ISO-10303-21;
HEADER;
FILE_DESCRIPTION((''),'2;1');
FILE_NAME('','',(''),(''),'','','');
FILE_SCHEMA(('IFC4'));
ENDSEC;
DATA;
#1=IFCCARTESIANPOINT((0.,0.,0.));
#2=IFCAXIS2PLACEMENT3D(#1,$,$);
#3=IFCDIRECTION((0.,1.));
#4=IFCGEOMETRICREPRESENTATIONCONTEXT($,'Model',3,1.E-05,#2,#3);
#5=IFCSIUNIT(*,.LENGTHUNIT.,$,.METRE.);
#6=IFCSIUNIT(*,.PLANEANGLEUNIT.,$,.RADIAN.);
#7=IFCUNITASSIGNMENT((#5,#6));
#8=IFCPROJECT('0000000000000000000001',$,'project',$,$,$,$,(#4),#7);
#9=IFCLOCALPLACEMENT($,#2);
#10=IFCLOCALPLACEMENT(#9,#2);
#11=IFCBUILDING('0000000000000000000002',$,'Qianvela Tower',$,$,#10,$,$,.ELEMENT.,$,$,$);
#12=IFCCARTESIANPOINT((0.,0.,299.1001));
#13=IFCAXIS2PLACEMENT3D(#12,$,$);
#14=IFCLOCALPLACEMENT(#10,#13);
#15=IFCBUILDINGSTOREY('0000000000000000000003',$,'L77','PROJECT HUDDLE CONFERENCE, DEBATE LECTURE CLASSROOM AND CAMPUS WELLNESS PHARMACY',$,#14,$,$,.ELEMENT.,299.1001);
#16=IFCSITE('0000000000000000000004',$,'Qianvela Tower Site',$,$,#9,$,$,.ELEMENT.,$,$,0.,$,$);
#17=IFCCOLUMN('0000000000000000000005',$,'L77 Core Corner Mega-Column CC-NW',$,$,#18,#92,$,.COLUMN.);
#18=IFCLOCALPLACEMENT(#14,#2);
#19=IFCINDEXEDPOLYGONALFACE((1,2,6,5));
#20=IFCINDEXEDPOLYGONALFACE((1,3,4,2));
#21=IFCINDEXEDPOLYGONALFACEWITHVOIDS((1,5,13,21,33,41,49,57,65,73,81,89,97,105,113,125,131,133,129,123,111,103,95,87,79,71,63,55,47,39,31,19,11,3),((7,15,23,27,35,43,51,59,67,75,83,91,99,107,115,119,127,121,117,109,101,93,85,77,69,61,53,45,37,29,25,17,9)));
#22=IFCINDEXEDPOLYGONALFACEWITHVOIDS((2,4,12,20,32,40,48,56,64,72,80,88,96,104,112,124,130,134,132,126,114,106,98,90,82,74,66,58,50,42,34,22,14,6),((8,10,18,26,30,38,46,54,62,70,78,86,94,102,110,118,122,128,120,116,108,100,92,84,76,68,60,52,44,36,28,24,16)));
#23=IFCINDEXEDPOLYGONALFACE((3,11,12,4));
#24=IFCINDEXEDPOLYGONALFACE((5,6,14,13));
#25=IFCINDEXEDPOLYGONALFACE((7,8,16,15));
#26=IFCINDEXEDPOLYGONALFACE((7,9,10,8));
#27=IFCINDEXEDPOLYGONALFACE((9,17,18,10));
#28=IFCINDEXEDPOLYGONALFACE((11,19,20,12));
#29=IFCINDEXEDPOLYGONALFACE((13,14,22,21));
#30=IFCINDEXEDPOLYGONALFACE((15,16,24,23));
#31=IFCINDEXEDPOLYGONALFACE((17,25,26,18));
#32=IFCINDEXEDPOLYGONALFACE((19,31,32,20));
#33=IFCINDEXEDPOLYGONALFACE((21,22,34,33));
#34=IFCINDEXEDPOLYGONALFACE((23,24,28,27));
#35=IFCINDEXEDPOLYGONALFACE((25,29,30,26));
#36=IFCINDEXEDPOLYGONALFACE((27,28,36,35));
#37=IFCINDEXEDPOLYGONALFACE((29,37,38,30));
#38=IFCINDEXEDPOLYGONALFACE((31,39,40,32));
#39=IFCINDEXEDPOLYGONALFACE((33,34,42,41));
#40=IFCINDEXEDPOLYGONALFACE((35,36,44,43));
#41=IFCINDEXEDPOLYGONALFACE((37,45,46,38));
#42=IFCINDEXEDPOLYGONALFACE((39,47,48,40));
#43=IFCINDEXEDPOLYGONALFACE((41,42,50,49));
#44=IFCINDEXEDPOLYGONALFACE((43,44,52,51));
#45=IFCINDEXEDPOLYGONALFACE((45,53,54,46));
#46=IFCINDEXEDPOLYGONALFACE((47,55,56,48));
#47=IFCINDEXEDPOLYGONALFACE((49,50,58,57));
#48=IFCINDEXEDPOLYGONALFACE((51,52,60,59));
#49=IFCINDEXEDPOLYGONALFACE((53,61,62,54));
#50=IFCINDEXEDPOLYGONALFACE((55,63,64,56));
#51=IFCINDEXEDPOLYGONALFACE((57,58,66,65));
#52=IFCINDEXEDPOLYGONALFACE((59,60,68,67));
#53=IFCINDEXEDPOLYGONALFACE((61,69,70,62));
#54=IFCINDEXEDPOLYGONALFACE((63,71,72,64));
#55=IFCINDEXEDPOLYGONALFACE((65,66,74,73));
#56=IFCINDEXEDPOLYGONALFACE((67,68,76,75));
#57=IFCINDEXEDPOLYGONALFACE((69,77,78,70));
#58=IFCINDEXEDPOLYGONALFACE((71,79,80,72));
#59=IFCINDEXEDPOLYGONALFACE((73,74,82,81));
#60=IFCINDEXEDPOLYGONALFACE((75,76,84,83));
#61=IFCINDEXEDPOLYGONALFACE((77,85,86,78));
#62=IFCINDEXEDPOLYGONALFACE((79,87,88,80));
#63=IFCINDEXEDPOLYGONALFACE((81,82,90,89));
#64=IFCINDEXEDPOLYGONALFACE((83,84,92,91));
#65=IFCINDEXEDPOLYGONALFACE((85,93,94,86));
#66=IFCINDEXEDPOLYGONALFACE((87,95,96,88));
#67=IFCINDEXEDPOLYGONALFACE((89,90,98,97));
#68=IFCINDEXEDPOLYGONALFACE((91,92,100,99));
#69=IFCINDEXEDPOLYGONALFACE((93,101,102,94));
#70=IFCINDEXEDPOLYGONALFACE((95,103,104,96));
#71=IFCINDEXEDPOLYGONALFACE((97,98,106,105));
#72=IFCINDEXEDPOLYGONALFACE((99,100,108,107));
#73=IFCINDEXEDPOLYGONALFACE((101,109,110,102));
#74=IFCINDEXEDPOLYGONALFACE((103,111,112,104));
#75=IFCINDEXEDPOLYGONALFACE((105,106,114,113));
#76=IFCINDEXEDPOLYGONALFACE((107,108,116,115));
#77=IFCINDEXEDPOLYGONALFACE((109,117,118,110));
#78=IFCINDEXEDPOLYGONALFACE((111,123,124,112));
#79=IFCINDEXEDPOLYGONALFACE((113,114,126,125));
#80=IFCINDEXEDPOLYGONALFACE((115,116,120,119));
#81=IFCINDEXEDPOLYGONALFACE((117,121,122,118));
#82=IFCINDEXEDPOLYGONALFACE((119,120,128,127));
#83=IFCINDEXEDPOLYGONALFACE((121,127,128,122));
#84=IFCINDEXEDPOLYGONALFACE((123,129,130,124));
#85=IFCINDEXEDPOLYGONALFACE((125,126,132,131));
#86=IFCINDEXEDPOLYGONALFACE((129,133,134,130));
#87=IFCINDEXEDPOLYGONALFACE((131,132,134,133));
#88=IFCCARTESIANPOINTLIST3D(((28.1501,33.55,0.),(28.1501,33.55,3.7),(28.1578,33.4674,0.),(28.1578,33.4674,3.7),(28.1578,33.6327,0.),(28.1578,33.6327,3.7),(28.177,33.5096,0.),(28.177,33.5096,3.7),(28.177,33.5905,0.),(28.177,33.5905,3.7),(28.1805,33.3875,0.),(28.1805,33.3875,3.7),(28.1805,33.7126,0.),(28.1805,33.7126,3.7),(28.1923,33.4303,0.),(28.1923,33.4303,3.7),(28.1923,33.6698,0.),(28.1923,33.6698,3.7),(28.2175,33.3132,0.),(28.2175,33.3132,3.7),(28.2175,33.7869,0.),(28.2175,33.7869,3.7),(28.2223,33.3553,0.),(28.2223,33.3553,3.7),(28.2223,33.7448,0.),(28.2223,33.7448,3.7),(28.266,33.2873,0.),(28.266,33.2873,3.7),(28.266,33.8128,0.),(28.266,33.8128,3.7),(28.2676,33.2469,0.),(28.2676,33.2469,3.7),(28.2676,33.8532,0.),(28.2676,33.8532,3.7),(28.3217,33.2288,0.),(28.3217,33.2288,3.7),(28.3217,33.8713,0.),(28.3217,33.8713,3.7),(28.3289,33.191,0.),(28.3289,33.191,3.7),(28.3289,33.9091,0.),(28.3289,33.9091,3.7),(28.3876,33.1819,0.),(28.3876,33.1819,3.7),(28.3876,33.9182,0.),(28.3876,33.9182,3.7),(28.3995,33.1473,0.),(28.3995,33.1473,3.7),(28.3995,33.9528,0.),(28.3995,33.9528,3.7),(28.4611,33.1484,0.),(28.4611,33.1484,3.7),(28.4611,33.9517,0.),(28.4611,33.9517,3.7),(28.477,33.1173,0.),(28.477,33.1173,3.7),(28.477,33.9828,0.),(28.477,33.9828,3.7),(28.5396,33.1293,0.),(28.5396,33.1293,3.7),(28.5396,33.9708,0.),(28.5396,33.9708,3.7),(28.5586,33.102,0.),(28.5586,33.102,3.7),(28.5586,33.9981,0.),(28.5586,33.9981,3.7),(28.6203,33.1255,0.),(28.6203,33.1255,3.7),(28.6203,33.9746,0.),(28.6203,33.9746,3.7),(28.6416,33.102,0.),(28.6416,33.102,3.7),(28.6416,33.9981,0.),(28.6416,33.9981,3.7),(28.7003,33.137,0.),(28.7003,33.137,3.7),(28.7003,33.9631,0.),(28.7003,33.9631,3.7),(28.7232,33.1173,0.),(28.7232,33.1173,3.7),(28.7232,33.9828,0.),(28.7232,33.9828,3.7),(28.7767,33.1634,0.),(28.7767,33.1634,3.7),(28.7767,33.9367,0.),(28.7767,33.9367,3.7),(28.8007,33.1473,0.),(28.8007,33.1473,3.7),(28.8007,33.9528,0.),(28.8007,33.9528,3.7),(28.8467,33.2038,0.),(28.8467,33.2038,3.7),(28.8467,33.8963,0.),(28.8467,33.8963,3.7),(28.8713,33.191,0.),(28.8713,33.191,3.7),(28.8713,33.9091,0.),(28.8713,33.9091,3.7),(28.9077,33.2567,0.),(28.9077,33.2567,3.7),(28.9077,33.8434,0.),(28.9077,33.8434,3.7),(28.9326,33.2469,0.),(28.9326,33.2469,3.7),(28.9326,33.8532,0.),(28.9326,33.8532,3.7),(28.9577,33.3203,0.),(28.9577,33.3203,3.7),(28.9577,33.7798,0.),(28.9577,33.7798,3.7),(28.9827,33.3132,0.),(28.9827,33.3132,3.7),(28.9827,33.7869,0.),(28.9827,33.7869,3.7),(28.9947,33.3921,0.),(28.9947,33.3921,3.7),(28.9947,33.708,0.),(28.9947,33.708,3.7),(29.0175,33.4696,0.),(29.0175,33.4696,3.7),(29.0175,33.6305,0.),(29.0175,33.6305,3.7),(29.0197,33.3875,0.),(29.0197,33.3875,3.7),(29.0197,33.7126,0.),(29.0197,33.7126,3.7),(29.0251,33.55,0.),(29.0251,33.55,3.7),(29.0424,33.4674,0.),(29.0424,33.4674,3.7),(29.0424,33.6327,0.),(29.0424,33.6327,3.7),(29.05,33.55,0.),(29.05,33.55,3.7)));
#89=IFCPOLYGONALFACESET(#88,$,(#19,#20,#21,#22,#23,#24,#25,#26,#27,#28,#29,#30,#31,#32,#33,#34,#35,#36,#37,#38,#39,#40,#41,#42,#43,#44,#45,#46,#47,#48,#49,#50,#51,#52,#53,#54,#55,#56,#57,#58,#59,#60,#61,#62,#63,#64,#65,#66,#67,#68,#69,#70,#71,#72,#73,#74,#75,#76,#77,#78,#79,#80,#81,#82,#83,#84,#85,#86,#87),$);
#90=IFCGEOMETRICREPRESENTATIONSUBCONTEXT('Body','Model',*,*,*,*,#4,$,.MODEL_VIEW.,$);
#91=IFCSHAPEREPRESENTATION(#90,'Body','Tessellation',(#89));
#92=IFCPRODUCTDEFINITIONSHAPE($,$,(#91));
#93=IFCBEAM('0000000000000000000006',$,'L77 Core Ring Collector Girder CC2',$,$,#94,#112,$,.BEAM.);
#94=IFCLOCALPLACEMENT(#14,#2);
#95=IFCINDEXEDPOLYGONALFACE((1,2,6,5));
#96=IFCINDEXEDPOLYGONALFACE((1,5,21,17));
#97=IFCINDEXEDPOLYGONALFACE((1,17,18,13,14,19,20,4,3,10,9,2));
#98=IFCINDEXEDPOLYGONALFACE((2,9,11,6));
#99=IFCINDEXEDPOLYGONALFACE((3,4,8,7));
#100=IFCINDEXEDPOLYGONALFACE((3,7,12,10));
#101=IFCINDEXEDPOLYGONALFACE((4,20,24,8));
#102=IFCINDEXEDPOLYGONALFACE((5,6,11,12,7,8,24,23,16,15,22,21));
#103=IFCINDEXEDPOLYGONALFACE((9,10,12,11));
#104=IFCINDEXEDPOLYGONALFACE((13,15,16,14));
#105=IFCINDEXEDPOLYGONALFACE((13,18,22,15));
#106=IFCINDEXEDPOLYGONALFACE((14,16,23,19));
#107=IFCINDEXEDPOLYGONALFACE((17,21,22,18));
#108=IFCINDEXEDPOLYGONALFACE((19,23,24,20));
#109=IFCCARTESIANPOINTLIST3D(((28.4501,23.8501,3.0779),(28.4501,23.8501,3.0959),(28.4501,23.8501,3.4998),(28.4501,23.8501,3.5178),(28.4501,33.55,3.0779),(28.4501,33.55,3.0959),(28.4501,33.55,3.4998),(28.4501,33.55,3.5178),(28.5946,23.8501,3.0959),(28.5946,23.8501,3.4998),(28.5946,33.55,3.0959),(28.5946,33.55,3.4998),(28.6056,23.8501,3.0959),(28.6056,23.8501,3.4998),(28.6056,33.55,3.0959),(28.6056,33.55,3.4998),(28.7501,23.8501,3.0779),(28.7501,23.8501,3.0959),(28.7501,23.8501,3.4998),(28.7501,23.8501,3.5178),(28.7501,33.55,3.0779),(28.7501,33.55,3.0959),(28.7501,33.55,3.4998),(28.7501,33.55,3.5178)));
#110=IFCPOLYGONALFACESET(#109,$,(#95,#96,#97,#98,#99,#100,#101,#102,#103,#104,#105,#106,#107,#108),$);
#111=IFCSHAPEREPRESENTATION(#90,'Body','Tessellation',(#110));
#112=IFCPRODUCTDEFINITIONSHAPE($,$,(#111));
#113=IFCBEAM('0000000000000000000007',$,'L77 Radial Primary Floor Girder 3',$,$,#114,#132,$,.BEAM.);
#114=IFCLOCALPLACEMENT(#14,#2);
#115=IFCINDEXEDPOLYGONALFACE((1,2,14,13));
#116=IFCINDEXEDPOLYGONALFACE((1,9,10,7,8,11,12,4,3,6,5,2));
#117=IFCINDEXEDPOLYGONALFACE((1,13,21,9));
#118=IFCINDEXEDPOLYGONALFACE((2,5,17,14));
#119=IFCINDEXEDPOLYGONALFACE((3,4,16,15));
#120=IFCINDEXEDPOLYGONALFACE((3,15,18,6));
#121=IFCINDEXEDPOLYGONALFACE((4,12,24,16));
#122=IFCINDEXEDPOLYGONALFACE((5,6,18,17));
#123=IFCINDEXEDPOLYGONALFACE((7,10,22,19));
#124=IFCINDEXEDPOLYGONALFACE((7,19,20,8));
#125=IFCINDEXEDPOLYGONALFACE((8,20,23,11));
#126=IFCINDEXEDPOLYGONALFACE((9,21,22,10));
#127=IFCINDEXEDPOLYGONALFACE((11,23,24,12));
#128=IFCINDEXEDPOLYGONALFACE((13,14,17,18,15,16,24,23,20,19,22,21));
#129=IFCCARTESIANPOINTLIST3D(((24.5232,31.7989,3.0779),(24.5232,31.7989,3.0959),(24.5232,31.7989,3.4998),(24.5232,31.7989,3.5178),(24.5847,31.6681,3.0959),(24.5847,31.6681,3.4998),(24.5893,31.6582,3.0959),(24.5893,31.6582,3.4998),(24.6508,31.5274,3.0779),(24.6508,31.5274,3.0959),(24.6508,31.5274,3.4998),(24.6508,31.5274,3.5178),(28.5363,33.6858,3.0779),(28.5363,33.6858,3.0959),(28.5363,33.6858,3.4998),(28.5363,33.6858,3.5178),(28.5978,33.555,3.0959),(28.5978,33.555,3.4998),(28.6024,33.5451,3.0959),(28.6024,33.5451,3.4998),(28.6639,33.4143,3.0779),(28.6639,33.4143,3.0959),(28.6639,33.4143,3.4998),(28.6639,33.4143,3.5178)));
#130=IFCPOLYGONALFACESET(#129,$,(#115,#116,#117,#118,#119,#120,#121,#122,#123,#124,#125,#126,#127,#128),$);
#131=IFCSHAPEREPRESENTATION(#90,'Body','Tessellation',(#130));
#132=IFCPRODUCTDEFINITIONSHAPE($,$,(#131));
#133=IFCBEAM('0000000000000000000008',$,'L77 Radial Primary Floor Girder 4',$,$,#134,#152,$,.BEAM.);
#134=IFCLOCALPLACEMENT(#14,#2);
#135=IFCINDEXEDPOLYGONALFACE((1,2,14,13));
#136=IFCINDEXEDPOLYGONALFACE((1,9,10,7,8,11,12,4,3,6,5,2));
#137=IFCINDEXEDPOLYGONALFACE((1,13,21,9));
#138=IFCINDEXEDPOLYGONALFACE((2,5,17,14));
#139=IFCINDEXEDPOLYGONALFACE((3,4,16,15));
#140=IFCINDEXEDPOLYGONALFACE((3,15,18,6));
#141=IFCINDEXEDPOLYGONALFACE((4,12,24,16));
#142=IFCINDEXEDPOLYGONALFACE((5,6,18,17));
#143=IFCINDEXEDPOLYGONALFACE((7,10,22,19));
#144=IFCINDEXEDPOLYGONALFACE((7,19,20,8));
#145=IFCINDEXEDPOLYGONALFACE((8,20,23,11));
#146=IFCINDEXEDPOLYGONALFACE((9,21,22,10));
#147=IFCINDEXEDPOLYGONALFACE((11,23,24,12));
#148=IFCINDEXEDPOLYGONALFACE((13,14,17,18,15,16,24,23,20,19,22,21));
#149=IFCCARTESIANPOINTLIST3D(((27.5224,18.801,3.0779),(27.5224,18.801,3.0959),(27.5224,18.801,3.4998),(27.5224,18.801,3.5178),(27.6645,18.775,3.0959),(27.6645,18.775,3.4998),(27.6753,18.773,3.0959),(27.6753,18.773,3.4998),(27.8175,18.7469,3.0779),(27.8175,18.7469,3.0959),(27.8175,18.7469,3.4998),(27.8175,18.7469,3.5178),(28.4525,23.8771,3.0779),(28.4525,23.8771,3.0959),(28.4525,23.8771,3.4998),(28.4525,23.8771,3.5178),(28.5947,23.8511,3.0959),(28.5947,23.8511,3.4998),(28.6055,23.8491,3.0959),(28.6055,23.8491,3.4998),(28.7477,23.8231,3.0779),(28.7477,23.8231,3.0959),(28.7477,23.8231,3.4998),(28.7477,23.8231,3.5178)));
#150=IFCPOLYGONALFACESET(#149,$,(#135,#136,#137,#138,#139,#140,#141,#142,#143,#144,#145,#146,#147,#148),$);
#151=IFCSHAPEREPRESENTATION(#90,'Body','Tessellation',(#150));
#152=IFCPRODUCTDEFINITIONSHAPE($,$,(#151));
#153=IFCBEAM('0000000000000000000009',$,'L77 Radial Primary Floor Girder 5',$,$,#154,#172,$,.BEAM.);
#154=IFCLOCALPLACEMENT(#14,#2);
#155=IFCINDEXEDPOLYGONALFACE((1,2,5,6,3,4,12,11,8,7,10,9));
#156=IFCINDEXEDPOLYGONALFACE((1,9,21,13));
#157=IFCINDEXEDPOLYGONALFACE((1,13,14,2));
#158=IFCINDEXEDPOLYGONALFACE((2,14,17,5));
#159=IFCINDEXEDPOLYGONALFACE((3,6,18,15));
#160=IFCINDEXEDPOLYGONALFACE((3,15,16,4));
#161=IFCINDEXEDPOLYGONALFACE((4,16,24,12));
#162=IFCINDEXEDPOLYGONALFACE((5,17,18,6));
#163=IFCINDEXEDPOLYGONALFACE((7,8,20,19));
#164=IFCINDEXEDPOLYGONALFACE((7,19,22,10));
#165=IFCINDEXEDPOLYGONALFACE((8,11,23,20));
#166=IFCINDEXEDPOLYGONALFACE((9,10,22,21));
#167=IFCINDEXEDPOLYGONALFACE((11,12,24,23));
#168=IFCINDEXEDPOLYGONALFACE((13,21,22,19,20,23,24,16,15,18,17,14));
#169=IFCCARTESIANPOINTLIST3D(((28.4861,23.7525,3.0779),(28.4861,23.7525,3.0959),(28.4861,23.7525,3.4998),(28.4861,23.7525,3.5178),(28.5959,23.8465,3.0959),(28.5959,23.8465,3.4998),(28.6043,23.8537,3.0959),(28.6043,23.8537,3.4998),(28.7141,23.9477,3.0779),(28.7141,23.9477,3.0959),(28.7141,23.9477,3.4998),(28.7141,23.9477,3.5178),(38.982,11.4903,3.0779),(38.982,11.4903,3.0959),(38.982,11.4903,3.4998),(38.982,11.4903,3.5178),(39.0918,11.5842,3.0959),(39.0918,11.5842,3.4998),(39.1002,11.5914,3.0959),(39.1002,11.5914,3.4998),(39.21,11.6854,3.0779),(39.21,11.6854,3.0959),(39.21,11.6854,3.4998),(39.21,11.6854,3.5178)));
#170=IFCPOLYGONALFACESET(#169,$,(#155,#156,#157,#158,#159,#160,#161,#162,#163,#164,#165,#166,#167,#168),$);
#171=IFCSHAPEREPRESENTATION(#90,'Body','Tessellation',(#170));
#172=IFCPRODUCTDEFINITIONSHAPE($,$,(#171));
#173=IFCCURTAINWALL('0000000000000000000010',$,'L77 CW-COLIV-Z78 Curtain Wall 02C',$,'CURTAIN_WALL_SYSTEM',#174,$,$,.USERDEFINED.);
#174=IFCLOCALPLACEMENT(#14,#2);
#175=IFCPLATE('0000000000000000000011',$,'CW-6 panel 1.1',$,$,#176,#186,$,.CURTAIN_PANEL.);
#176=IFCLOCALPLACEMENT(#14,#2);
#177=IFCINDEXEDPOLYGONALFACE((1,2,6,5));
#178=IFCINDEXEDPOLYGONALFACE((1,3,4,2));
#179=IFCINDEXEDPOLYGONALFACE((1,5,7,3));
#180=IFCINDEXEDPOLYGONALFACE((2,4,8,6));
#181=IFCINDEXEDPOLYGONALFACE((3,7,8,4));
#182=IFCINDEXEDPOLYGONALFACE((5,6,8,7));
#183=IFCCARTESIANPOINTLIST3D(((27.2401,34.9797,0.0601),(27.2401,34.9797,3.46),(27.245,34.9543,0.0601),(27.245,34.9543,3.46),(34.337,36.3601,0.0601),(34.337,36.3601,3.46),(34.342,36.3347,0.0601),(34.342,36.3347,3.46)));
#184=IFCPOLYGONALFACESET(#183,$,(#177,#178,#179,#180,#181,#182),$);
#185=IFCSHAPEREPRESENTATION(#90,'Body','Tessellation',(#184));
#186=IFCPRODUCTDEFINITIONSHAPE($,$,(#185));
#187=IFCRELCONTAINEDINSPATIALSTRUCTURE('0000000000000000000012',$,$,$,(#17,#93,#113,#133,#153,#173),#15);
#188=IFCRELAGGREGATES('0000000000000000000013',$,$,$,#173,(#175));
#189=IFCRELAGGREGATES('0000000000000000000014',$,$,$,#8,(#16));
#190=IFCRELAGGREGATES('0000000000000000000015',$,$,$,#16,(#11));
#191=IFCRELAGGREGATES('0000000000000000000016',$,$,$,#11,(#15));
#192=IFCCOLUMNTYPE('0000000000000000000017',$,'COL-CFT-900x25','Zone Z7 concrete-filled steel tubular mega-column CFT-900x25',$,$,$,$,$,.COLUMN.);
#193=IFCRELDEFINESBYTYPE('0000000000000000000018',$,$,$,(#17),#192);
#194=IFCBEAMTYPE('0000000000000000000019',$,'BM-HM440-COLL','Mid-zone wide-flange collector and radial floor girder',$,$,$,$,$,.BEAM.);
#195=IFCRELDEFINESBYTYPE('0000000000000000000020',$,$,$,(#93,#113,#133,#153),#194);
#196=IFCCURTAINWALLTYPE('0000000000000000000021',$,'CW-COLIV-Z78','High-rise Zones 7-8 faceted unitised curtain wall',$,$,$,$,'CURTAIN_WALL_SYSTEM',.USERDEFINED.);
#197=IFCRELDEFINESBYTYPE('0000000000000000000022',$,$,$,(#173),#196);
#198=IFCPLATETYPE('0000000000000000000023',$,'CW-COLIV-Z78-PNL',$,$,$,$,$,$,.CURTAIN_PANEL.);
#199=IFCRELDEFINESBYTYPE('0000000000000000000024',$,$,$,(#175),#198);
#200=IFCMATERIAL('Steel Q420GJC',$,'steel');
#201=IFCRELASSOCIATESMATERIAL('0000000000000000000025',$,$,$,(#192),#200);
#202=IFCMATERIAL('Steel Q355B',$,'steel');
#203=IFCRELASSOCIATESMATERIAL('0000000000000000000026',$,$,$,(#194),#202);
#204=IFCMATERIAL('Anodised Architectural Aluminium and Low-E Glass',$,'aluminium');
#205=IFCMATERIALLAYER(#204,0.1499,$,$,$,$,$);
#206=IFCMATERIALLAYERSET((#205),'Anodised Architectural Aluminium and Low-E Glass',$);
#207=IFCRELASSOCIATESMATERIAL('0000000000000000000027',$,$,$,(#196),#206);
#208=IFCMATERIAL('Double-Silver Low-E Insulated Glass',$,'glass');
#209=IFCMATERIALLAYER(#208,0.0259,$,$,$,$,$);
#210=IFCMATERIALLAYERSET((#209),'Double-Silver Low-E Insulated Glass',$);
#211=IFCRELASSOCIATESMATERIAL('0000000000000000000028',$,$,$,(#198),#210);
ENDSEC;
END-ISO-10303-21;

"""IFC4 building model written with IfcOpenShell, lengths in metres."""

from ifc_helpers import new_model, si_unit, direction, frame, origin, origin_2d, place, context, subcontext, project, spatial, rectangle, hollow_circle, i_section, extrude, material, layer, layer_set, material_profile, profile_set, type_object, element, aggregate, save


model = new_model("IFC4")

# Units and contexts
model_context = context("Model", 3, precision=1e-05, world=origin(), true_north=direction((0.0, 1.0)))
body_context = subcontext(model_context, "Body", "Model", "MODEL_VIEW")
ifc_project = project(units=[si_unit("LENGTHUNIT", "METRE"), si_unit("PLANEANGLEUNIT", "RADIAN")], contexts=[model_context])

# Site, building, storey
site_placement = place(None, origin())
site = spatial("IfcSite", under=ifc_project, at=site_placement, Name="Qianvela Tower Site", CompositionType="ELEMENT", RefElevation=0.0)
building_placement = place(site_placement, origin())
building = spatial("IfcBuilding", under=site, at=building_placement, Name="Qianvela Tower", CompositionType="ELEMENT")
storey_placement = place(building_placement, frame((0.0, 0.0, 299.1001)))
storey = spatial("IfcBuildingStorey", under=building, at=storey_placement, Name="L77", Description="PROJECT HUDDLE CONFERENCE, DEBATE LECTURE CLASSROOM AND CAMPUS WELLNESS PHARMACY", CompositionType="ELEMENT", Elevation=299.1001)

# Column
ifc_material_1 = material(Name="Steel Q420GJC", Category="steel")
ifc_material_profile_1 = material_profile(ifc_material_1, hollow_circle(Radius=0.45, WallThickness=0.0249, at=origin_2d()), Name="CFT-900x25")
ifc_profile_set_1 = profile_set([ifc_material_profile_1], Name="Steel Q420GJC")
column_type = type_object("IfcColumnType", Name="COL-CFT-900x25", Description="Zone Z7 concrete-filled steel tubular mega-column CFT-900x25", PredefinedType="COLUMN", material=ifc_profile_set_1)
column_placement = place(storey_placement, frame((28.6001, 33.55, 0.0), z_axis=(0.0, 0.0, 1.0), x_axis=(1.0, 0.0, 0.0)))
element("IfcColumn", 1, at=column_placement, inside=storey, type_object=column_type, Name="L77 Core Corner Mega-Column CC-NW", PredefinedType="COLUMN", context=body_context, shape_type="SweptSolid", body=[
    extrude(hollow_circle(Radius=0.45, WallThickness=0.0249, at=origin_2d()), origin(), (0.0, 0.0, 1.0), 3.7),
])

# Beams
ifc_material_2 = material(Name="Steel Q355B", Category="steel")
ifc_material_profile_2 = material_profile(ifc_material_2, i_section(OverallWidth=0.3, OverallDepth=0.4399, WebThickness=0.011, FlangeThickness=0.0181, at=origin_2d()), Name="HM440x300x11x18")
ifc_profile_set_2 = profile_set([ifc_material_profile_2], Name="Steel Q355B")
beam_type = type_object("IfcBeamType", Name="BM-HM440-COLL", Description="Mid-zone wide-flange collector and radial floor girder", PredefinedType="BEAM", material=ifc_profile_set_2)
beam_1_placement = place(storey_placement, frame((28.6001, 33.55, 3.2979), z_axis=(0.0, -1.0, 0.0), x_axis=(1.0, 0.0, 0.0)))
element("IfcBeam", 2, at=beam_1_placement, inside=storey, type_object=beam_type, Name="L77 Core Ring Collector Girder CC2", PredefinedType="BEAM", context=body_context, shape_type="SweptSolid", body=[
    extrude(i_section(OverallWidth=0.3, OverallDepth=0.4399, WebThickness=0.011, FlangeThickness=0.0181, at=origin_2d()), origin(), (0.0, 0.0, 1.0), 9.7),
])
beam_2_placement = place(storey_placement, frame((28.6001, 33.55, 3.2979), z_axis=(-0.904957, -0.425503, 0.0), x_axis=(0.425503, -0.904957, 0.0)))
element("IfcBeam", 3, at=beam_2_placement, inside=storey, type_object=beam_type, Name="L77 Radial Primary Floor Girder 3", PredefinedType="BEAM", context=body_context, shape_type="SweptSolid", body=[
    extrude(i_section(OverallWidth=0.3, OverallDepth=0.4399, WebThickness=0.011, FlangeThickness=0.0181, at=origin_2d()), origin(), (0.0, 0.0, 1.0), 4.4346),
])
beam_3_placement = place(storey_placement, frame((28.6001, 23.8501, 3.2979), z_axis=(-0.180242, -0.983622, 0.0), x_axis=(0.983622, -0.180242, 0.0)))
element("IfcBeam", 4, at=beam_3_placement, inside=storey, type_object=beam_type, Name="L77 Radial Primary Floor Girder 4", PredefinedType="BEAM", context=body_context, shape_type="SweptSolid", body=[
    extrude(i_section(OverallWidth=0.3, OverallDepth=0.4399, WebThickness=0.011, FlangeThickness=0.0181, at=origin_2d()), origin(), (0.0, 0.0, 1.0), 5.1606),
])
beam_4_placement = place(storey_placement, frame((28.6001, 23.8501, 3.2979), z_axis=(0.650269, -0.759704, 0.0), x_axis=(0.759704, 0.650269, 0.0)))
element("IfcBeam", 5, at=beam_4_placement, inside=storey, type_object=beam_type, Name="L77 Radial Primary Floor Girder 5", PredefinedType="BEAM", context=body_context, shape_type="SweptSolid", body=[
    extrude(i_section(OverallWidth=0.3, OverallDepth=0.4399, WebThickness=0.011, FlangeThickness=0.0181, at=origin_2d()), origin(), (0.0, 0.0, 1.0), 16.1409),
])

# Curtain wall, plate
ifc_material_3 = material(Name="Anodised Architectural Aluminium and Low-E Glass", Category="aluminium")
ifc_layer_1 = layer(ifc_material_3, 0.1499)
ifc_layer_set_1 = layer_set([ifc_layer_1], Name="Anodised Architectural Aluminium and Low-E Glass")
curtain_wall_type = type_object("IfcCurtainWallType", Name="CW-COLIV-Z78", Description="High-rise Zones 7-8 faceted unitised curtain wall", ElementType="CURTAIN_WALL_SYSTEM", PredefinedType="USERDEFINED", material=ifc_layer_set_1)
curtain_wall_placement = place(storey_placement, origin())
curtain_wall = element("IfcCurtainWall", 6, at=curtain_wall_placement, inside=storey, type_object=curtain_wall_type, Name="L77 CW-COLIV-Z78 Curtain Wall 02C", ObjectType="CURTAIN_WALL_SYSTEM", PredefinedType="USERDEFINED")
ifc_material_4 = material(Name="Double-Silver Low-E Insulated Glass", Category="glass")
ifc_layer_2 = layer(ifc_material_4, 0.0259)
ifc_layer_set_2 = layer_set([ifc_layer_2], Name="Double-Silver Low-E Insulated Glass")
plate_type = type_object("IfcPlateType", Name="CW-COLIV-Z78-PNL", PredefinedType="CURTAIN_PANEL", material=ifc_layer_set_2)
plate_placement = place(storey_placement, frame((30.791, 35.6572, 0.0601), z_axis=(0.0, 0.0, 1.0), x_axis=(-0.981603, -0.190933, 0.0)))
plate = element("IfcPlate", 7, at=plate_placement, type_object=plate_type, Name="CW-6 panel 1.1", PredefinedType="CURTAIN_PANEL", context=body_context, shape_type="SweptSolid", body=[
    extrude(rectangle(XDim=7.23, YDim=0.0259, at=origin_2d()), origin(), (0.0, 0.0, 1.0), 3.3999),
])
aggregate(curtain_wall, [plate])

save(model, "model.ifc")
